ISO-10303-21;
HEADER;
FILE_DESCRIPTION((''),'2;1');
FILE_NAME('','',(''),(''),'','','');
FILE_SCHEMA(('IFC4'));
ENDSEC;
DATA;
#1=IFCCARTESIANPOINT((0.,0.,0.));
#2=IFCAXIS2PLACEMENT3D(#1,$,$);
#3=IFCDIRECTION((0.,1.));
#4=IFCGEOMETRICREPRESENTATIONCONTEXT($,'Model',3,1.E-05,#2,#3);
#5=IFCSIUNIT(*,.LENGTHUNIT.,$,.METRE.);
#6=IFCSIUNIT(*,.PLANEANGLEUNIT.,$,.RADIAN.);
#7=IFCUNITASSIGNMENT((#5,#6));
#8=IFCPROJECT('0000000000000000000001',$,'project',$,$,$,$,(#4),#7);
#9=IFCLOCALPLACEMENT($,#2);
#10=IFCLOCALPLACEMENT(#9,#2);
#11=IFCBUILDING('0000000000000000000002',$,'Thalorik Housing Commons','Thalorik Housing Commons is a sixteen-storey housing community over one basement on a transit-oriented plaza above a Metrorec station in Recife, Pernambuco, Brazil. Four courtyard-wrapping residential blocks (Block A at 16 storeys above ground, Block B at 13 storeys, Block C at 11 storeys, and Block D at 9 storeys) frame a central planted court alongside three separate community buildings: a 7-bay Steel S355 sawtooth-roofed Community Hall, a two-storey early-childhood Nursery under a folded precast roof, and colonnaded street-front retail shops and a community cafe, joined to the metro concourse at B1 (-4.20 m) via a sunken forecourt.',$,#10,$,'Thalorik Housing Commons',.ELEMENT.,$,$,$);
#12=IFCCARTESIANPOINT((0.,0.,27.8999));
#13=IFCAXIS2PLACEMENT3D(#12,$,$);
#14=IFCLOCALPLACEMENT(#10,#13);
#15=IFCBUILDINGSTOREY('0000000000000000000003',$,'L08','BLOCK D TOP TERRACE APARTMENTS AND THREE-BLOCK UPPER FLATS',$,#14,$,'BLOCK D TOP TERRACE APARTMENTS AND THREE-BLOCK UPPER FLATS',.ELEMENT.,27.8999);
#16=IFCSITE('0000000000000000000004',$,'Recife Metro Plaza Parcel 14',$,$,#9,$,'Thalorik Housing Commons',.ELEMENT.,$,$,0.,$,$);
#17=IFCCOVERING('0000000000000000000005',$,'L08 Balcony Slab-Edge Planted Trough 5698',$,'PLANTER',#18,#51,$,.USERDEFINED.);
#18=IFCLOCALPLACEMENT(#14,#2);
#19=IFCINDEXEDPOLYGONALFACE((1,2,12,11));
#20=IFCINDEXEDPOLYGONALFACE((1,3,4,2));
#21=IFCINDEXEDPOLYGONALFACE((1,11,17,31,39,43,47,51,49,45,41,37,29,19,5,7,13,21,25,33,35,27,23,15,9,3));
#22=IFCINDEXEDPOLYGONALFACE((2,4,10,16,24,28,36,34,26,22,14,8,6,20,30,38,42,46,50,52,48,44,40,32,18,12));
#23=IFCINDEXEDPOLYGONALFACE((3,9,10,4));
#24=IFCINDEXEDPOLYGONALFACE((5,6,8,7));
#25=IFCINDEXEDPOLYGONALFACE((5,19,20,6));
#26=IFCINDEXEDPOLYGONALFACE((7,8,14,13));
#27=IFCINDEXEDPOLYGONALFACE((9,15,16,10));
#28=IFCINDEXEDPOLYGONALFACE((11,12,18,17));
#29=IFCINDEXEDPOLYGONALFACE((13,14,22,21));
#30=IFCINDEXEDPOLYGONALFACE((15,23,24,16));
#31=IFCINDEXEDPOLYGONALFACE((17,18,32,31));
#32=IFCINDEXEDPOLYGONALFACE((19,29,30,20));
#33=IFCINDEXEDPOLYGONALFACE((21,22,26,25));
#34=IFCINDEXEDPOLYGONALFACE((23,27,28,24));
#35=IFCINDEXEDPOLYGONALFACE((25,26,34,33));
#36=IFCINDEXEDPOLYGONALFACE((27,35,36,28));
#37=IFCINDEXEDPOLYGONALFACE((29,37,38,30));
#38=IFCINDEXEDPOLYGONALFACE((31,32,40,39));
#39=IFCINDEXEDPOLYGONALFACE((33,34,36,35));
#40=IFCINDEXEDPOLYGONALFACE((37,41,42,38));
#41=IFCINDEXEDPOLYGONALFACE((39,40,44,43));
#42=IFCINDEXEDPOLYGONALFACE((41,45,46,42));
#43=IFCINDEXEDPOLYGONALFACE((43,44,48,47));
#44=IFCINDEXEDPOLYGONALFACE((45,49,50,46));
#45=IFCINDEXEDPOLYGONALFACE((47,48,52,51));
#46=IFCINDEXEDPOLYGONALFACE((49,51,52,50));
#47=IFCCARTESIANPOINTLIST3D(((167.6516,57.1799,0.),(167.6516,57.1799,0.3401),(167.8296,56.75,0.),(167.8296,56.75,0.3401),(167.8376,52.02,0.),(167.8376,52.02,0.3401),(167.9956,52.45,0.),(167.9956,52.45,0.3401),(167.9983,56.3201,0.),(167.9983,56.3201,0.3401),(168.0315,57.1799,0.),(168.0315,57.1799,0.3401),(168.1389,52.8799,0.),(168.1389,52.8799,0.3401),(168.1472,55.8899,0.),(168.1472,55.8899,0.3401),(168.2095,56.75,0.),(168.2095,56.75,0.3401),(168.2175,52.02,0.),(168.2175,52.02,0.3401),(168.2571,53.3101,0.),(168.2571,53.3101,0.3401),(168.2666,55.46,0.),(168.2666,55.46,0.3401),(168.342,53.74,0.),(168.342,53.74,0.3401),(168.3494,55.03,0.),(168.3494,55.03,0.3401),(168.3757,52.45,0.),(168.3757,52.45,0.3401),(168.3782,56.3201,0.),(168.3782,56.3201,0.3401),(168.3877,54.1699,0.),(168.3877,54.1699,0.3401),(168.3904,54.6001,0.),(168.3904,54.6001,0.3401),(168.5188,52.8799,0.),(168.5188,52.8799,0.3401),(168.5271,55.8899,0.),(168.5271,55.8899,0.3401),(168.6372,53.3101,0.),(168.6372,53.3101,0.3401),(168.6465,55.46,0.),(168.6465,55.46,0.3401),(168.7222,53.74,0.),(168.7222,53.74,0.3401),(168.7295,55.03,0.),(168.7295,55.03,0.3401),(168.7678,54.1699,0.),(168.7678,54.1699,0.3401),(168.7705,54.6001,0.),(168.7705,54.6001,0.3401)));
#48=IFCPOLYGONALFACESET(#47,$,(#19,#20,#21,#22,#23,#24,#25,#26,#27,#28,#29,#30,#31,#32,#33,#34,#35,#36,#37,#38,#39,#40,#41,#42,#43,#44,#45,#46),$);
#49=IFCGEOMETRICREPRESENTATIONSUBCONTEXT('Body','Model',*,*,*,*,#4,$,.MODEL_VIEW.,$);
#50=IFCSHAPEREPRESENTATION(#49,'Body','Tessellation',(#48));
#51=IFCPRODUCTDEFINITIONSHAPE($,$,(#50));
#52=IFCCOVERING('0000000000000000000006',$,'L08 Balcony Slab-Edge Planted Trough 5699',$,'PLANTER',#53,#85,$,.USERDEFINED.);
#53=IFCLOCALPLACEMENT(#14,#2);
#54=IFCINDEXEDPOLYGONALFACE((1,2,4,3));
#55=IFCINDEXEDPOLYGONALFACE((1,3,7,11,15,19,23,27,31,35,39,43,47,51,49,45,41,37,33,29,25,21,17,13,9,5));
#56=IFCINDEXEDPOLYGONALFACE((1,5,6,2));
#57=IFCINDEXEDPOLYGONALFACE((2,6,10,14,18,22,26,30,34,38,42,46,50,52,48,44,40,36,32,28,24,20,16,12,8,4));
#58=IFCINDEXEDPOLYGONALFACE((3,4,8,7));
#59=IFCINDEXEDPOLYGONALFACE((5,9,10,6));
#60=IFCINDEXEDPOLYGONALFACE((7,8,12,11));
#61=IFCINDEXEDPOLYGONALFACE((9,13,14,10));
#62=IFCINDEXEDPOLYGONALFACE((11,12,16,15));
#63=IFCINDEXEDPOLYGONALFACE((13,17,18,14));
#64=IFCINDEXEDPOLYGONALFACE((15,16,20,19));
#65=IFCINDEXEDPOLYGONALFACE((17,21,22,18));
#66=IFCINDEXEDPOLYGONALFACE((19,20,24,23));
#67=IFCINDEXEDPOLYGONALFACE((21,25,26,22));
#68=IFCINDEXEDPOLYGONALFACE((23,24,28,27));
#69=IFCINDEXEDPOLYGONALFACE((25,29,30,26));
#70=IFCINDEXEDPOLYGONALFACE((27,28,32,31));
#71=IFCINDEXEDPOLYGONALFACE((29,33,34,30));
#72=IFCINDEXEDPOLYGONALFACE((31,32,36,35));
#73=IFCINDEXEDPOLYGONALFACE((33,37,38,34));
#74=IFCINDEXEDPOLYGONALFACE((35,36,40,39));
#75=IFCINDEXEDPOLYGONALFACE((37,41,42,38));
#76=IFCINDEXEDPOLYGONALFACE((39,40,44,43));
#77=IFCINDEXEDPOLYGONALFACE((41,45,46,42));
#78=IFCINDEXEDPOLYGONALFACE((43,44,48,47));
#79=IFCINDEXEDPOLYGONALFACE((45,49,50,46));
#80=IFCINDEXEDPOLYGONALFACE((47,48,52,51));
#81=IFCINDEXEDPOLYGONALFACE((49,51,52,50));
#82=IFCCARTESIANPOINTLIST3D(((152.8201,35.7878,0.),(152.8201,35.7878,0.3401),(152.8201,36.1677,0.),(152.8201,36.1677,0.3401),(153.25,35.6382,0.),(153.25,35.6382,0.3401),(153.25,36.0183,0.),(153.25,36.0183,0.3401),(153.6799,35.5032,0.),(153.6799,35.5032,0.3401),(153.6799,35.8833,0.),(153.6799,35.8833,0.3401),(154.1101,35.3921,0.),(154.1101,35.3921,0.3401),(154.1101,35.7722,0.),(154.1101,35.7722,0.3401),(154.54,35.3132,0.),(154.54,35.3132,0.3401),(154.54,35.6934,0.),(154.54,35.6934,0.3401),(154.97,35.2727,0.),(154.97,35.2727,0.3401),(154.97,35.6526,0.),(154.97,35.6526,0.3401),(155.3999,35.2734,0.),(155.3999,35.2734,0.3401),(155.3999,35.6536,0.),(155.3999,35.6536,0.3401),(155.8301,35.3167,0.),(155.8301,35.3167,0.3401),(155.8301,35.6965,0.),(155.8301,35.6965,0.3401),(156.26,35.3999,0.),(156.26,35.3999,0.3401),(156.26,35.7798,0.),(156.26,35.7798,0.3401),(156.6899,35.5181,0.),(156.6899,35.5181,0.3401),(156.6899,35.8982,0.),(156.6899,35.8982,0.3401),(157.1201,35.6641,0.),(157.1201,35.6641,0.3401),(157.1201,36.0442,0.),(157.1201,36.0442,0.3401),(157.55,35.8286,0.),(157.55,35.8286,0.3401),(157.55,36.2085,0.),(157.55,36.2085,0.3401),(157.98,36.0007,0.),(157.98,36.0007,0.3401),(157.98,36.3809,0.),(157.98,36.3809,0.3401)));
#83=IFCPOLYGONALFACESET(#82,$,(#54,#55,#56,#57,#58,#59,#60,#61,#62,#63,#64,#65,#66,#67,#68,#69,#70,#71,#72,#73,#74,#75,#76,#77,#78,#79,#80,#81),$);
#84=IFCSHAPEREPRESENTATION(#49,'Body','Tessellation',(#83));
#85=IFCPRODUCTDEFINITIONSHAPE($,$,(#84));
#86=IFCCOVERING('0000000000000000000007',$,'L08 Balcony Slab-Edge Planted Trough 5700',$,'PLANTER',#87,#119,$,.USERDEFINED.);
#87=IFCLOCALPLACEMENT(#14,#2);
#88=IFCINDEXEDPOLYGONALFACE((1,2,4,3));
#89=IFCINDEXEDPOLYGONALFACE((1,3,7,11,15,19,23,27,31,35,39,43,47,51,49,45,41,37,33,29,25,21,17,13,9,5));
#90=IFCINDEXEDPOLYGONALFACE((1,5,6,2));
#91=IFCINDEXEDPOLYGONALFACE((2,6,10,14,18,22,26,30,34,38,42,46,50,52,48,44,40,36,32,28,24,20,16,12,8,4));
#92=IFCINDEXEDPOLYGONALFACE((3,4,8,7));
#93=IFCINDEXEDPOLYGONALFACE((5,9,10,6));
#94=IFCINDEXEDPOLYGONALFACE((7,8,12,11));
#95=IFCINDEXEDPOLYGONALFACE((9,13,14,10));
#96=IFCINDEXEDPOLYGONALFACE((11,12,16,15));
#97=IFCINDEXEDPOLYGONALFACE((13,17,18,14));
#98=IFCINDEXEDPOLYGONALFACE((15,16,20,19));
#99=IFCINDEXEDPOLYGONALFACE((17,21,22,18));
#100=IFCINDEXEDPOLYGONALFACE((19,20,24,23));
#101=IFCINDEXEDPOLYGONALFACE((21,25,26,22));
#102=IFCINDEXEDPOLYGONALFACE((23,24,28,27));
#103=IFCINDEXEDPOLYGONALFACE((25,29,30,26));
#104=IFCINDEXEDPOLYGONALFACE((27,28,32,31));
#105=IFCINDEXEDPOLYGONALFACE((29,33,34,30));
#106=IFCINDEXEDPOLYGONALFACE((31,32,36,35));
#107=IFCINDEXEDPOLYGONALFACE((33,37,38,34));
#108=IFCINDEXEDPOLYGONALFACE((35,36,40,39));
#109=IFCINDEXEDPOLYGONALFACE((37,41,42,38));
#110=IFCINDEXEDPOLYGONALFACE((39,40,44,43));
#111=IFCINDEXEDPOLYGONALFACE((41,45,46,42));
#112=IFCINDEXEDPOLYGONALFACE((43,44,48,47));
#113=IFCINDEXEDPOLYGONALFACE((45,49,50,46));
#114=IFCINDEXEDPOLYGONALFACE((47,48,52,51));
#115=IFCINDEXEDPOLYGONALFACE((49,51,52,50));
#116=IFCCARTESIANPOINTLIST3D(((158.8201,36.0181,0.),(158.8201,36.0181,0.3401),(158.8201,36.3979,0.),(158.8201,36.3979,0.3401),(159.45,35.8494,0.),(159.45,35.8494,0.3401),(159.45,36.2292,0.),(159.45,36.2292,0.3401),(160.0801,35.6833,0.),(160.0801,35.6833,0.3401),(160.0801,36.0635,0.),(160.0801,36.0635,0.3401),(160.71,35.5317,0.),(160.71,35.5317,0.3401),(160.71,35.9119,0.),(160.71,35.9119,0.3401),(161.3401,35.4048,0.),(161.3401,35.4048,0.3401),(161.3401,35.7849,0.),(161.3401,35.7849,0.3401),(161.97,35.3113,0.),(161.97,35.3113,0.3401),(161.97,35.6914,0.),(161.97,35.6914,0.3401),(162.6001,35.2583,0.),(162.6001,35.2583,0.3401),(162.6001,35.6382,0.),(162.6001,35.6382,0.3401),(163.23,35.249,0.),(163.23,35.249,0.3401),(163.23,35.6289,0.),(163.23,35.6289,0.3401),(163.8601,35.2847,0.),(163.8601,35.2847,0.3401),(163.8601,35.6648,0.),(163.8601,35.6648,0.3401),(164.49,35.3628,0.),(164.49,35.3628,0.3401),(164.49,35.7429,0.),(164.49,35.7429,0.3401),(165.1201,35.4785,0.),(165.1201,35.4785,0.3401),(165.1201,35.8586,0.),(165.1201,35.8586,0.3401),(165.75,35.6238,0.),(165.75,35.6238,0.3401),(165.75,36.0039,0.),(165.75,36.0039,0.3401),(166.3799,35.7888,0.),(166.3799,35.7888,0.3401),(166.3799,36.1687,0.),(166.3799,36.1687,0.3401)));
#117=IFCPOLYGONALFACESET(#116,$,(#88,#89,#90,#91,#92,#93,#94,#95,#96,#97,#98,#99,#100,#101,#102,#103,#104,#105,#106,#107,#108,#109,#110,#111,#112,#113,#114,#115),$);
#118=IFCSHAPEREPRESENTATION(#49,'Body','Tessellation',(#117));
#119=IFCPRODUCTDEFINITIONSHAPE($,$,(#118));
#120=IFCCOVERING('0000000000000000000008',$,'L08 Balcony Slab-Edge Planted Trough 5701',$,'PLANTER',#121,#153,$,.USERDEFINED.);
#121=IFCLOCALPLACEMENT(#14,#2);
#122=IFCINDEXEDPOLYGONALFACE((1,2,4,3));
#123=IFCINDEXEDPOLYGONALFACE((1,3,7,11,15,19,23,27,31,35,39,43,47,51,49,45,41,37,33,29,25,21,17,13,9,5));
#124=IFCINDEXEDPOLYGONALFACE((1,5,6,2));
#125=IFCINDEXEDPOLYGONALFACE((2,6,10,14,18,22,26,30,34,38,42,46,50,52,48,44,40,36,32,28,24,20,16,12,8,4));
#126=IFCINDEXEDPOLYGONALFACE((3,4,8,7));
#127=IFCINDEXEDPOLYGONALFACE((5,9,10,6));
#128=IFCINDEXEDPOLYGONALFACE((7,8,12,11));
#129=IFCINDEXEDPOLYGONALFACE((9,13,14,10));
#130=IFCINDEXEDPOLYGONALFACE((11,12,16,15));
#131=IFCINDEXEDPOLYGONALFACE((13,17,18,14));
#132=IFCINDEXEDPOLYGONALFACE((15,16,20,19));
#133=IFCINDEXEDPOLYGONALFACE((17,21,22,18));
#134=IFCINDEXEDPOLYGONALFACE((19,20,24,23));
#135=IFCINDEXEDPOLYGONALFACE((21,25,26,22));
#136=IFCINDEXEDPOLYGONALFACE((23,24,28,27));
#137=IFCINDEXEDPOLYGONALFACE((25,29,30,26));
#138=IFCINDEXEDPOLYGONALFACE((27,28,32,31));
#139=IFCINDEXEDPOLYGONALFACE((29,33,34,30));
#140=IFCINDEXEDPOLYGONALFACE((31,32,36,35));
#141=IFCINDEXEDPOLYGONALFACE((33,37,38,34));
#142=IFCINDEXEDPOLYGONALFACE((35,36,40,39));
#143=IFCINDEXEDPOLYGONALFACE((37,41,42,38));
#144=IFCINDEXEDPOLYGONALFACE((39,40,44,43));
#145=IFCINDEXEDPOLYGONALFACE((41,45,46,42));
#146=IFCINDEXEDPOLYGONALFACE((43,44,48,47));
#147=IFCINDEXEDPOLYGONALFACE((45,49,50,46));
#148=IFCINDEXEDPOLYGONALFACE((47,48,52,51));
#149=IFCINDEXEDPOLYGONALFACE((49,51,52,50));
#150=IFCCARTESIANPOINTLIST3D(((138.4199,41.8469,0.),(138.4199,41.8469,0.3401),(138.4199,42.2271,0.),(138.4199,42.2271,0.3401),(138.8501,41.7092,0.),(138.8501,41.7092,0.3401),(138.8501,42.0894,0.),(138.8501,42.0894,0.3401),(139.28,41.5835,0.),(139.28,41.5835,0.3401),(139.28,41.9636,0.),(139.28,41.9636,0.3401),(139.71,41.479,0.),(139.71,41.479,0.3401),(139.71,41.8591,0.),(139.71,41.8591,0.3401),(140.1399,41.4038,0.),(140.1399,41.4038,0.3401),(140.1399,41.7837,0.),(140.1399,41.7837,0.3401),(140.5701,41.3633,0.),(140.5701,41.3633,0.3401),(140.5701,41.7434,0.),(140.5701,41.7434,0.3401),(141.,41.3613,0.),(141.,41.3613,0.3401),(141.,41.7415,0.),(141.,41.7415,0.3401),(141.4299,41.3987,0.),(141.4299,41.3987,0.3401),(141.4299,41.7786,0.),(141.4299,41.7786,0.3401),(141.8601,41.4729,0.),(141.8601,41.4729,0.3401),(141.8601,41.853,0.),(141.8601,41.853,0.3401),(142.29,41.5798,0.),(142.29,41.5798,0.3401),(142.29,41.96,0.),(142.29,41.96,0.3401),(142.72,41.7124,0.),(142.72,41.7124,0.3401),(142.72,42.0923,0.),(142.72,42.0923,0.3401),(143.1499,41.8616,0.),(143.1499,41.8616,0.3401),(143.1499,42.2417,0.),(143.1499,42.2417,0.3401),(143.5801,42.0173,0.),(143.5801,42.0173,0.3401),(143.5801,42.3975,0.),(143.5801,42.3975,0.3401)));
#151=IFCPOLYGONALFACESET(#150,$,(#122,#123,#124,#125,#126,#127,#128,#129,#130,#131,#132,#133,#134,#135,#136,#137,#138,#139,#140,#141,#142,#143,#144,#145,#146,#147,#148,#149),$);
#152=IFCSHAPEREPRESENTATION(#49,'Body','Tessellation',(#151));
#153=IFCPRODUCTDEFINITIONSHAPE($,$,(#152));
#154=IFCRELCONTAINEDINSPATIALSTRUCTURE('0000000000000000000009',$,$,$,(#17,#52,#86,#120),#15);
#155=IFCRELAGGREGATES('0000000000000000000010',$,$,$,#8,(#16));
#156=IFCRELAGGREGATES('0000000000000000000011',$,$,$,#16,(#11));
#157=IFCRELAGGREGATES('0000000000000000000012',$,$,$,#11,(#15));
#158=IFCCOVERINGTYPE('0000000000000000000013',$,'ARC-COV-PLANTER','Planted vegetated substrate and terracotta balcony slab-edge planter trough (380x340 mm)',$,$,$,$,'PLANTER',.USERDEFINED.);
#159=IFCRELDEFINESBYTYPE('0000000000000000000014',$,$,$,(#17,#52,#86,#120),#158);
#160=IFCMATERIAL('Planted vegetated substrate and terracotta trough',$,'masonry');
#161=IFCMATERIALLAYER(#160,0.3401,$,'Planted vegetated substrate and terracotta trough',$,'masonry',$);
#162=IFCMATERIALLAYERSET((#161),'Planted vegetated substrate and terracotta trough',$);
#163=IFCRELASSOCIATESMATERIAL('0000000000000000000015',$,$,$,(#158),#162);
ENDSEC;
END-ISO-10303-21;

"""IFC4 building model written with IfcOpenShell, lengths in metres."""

from ifc_helpers import new_model, si_unit, direction, frame, origin, place, context, subcontext, project, spatial, polyline, outline, extrude, material, layer, layer_set, type_object, element, save


model = new_model("IFC4")

# Units and contexts
model_context = context("Model", 3, precision=1e-05, world=origin(), true_north=direction((0.0, 1.0)))
body_context = subcontext(model_context, "Body", "Model", "MODEL_VIEW")
ifc_project = project(units=[si_unit("LENGTHUNIT", "METRE"), si_unit("PLANEANGLEUNIT", "RADIAN")], contexts=[model_context])

# Site, building, storey
site_placement = place(None, origin())
site = spatial("IfcSite", under=ifc_project, at=site_placement, Name="Recife Metro Plaza Parcel 14", LongName="Thalorik Housing Commons", CompositionType="ELEMENT", RefElevation=0.0)
building_placement = place(site_placement, origin())
building = spatial("IfcBuilding", under=site, at=building_placement, Name="Thalorik Housing Commons", Description="Thalorik Housing Commons is a sixteen-storey housing community over one basement on a transit-oriented plaza above a Metrorec station in Recife, Pernambuco, Brazil. Four courtyard-wrapping residential blocks (Block A at 16 storeys above ground, Block B at 13 storeys, Block C at 11 storeys, and Block D at 9 storeys) frame a central planted court alongside three separate community buildings: a 7-bay Steel S355 sawtooth-roofed Community Hall, a two-storey early-childhood Nursery under a folded precast roof, and colonnaded street-front retail shops and a community cafe, joined to the metro concourse at B1 (-4.20 m) via a sunken forecourt.", LongName="Thalorik Housing Commons", CompositionType="ELEMENT")
storey_placement = place(building_placement, frame((0.0, 0.0, 27.8999)))
storey = spatial("IfcBuildingStorey", under=building, at=storey_placement, Name="L08", Description="BLOCK D TOP TERRACE APARTMENTS AND THREE-BLOCK UPPER FLATS", LongName="BLOCK D TOP TERRACE APARTMENTS AND THREE-BLOCK UPPER FLATS", CompositionType="ELEMENT", Elevation=27.8999)

# Coverings
ifc_material_1 = material(Name="Planted vegetated substrate and terracotta trough", Category="masonry")
ifc_layer_1 = layer(ifc_material_1, 0.3401, Name="Planted vegetated substrate and terracotta trough", Category="masonry")
ifc_layer_set_1 = layer_set([ifc_layer_1], Name="Planted vegetated substrate and terracotta trough")
covering_type = type_object("IfcCoveringType", Name="ARC-COV-PLANTER", Description="Planted vegetated substrate and terracotta balcony slab-edge planter trough (380x340 mm)", ElementType="PLANTER", PredefinedType="USERDEFINED", material=ifc_layer_set_1)
covering_1_placement = place(storey_placement, origin())
element("IfcCovering", 1, at=covering_1_placement, inside=storey, type_object=covering_type, Name="L08 Balcony Slab-Edge Planted Trough 5698", ObjectType="PLANTER", PredefinedType="USERDEFINED", context=body_context, shape_type="SweptSolid", body=[
    extrude(outline(polyline([(168.2175, 52.02), (168.3757, 52.45), (168.5188, 52.8799), (168.6372, 53.3101), (168.7222, 53.74), (168.7678, 54.1699), (168.7705, 54.6001), (168.7295, 55.03), (168.6465, 55.46), (168.5271, 55.8899), (168.3782, 56.3201), (168.2095, 56.75), (168.0315, 57.1799), (167.6516, 57.1799), (167.8296, 56.75), (167.9983, 56.3201), (168.1472, 55.8899), (168.2666, 55.46), (168.3494, 55.03), (168.3904, 54.6001), (168.3877, 54.1699), (168.342, 53.74), (168.2571, 53.3101), (168.1389, 52.8799), (167.9956, 52.45), (167.8376, 52.02), (168.2175, 52.02)])), origin(), (0.0, 0.0, 1.0), 0.3401),
])
covering_2_placement = place(storey_placement, origin())
element("IfcCovering", 2, at=covering_2_placement, inside=storey, type_object=covering_type, Name="L08 Balcony Slab-Edge Planted Trough 5699", ObjectType="PLANTER", PredefinedType="USERDEFINED", context=body_context, shape_type="SweptSolid", body=[
    extrude(outline(polyline([(152.8201, 35.7878), (153.25, 35.6382), (153.6799, 35.5032), (154.1101, 35.3921), (154.54, 35.3132), (154.97, 35.2727), (155.3999, 35.2734), (155.8301, 35.3167), (156.26, 35.3999), (156.6899, 35.5181), (157.1201, 35.6641), (157.55, 35.8286), (157.98, 36.0007), (157.98, 36.3809), (157.55, 36.2085), (157.1201, 36.0442), (156.6899, 35.8982), (156.26, 35.7798), (155.8301, 35.6965), (155.3999, 35.6536), (154.97, 35.6526), (154.54, 35.6934), (154.1101, 35.7722), (153.6799, 35.8833), (153.25, 36.0183), (152.8201, 36.1677), (152.8201, 35.7878)])), origin(), (0.0, 0.0, 1.0), 0.3401),
])
covering_3_placement = place(storey_placement, origin())
element("IfcCovering", 3, at=covering_3_placement, inside=storey, type_object=covering_type, Name="L08 Balcony Slab-Edge Planted Trough 5700", ObjectType="PLANTER", PredefinedType="USERDEFINED", context=body_context, shape_type="SweptSolid", body=[
    extrude(outline(polyline([(158.8201, 36.0181), (159.45, 35.8494), (160.0801, 35.6833), (160.71, 35.5317), (161.3401, 35.4048), (161.97, 35.3113), (162.6001, 35.2583), (163.23, 35.249), (163.8601, 35.2847), (164.49, 35.3628), (165.1201, 35.4785), (165.75, 35.6238), (166.3799, 35.7888), (166.3799, 36.1687), (165.75, 36.0039), (165.1201, 35.8586), (164.49, 35.7429), (163.8601, 35.6648), (163.23, 35.6289), (162.6001, 35.6382), (161.97, 35.6914), (161.3401, 35.7849), (160.71, 35.9119), (160.0801, 36.0635), (159.45, 36.2292), (158.8201, 36.3979), (158.8201, 36.0181)])), origin(), (0.0, 0.0, 1.0), 0.3401),
])
covering_4_placement = place(storey_placement, origin())
element("IfcCovering", 4, at=covering_4_placement, inside=storey, type_object=covering_type, Name="L08 Balcony Slab-Edge Planted Trough 5701", ObjectType="PLANTER", PredefinedType="USERDEFINED", context=body_context, shape_type="SweptSolid", body=[
    extrude(outline(polyline([(138.4199, 41.8469), (138.8501, 41.7092), (139.28, 41.5835), (139.71, 41.479), (140.1399, 41.4038), (140.5701, 41.3633), (141.0, 41.3613), (141.4299, 41.3987), (141.8601, 41.4729), (142.29, 41.5798), (142.72, 41.7124), (143.1499, 41.8616), (143.5801, 42.0173), (143.5801, 42.3975), (143.1499, 42.2417), (142.72, 42.0923), (142.29, 41.96), (141.8601, 41.853), (141.4299, 41.7786), (141.0, 41.7415), (140.5701, 41.7434), (140.1399, 41.7837), (139.71, 41.8591), (139.28, 41.9636), (138.8501, 42.0894), (138.4199, 42.2271), (138.4199, 41.8469)])), origin(), (0.0, 0.0, 1.0), 0.3401),
])

save(model, "model.ifc")
